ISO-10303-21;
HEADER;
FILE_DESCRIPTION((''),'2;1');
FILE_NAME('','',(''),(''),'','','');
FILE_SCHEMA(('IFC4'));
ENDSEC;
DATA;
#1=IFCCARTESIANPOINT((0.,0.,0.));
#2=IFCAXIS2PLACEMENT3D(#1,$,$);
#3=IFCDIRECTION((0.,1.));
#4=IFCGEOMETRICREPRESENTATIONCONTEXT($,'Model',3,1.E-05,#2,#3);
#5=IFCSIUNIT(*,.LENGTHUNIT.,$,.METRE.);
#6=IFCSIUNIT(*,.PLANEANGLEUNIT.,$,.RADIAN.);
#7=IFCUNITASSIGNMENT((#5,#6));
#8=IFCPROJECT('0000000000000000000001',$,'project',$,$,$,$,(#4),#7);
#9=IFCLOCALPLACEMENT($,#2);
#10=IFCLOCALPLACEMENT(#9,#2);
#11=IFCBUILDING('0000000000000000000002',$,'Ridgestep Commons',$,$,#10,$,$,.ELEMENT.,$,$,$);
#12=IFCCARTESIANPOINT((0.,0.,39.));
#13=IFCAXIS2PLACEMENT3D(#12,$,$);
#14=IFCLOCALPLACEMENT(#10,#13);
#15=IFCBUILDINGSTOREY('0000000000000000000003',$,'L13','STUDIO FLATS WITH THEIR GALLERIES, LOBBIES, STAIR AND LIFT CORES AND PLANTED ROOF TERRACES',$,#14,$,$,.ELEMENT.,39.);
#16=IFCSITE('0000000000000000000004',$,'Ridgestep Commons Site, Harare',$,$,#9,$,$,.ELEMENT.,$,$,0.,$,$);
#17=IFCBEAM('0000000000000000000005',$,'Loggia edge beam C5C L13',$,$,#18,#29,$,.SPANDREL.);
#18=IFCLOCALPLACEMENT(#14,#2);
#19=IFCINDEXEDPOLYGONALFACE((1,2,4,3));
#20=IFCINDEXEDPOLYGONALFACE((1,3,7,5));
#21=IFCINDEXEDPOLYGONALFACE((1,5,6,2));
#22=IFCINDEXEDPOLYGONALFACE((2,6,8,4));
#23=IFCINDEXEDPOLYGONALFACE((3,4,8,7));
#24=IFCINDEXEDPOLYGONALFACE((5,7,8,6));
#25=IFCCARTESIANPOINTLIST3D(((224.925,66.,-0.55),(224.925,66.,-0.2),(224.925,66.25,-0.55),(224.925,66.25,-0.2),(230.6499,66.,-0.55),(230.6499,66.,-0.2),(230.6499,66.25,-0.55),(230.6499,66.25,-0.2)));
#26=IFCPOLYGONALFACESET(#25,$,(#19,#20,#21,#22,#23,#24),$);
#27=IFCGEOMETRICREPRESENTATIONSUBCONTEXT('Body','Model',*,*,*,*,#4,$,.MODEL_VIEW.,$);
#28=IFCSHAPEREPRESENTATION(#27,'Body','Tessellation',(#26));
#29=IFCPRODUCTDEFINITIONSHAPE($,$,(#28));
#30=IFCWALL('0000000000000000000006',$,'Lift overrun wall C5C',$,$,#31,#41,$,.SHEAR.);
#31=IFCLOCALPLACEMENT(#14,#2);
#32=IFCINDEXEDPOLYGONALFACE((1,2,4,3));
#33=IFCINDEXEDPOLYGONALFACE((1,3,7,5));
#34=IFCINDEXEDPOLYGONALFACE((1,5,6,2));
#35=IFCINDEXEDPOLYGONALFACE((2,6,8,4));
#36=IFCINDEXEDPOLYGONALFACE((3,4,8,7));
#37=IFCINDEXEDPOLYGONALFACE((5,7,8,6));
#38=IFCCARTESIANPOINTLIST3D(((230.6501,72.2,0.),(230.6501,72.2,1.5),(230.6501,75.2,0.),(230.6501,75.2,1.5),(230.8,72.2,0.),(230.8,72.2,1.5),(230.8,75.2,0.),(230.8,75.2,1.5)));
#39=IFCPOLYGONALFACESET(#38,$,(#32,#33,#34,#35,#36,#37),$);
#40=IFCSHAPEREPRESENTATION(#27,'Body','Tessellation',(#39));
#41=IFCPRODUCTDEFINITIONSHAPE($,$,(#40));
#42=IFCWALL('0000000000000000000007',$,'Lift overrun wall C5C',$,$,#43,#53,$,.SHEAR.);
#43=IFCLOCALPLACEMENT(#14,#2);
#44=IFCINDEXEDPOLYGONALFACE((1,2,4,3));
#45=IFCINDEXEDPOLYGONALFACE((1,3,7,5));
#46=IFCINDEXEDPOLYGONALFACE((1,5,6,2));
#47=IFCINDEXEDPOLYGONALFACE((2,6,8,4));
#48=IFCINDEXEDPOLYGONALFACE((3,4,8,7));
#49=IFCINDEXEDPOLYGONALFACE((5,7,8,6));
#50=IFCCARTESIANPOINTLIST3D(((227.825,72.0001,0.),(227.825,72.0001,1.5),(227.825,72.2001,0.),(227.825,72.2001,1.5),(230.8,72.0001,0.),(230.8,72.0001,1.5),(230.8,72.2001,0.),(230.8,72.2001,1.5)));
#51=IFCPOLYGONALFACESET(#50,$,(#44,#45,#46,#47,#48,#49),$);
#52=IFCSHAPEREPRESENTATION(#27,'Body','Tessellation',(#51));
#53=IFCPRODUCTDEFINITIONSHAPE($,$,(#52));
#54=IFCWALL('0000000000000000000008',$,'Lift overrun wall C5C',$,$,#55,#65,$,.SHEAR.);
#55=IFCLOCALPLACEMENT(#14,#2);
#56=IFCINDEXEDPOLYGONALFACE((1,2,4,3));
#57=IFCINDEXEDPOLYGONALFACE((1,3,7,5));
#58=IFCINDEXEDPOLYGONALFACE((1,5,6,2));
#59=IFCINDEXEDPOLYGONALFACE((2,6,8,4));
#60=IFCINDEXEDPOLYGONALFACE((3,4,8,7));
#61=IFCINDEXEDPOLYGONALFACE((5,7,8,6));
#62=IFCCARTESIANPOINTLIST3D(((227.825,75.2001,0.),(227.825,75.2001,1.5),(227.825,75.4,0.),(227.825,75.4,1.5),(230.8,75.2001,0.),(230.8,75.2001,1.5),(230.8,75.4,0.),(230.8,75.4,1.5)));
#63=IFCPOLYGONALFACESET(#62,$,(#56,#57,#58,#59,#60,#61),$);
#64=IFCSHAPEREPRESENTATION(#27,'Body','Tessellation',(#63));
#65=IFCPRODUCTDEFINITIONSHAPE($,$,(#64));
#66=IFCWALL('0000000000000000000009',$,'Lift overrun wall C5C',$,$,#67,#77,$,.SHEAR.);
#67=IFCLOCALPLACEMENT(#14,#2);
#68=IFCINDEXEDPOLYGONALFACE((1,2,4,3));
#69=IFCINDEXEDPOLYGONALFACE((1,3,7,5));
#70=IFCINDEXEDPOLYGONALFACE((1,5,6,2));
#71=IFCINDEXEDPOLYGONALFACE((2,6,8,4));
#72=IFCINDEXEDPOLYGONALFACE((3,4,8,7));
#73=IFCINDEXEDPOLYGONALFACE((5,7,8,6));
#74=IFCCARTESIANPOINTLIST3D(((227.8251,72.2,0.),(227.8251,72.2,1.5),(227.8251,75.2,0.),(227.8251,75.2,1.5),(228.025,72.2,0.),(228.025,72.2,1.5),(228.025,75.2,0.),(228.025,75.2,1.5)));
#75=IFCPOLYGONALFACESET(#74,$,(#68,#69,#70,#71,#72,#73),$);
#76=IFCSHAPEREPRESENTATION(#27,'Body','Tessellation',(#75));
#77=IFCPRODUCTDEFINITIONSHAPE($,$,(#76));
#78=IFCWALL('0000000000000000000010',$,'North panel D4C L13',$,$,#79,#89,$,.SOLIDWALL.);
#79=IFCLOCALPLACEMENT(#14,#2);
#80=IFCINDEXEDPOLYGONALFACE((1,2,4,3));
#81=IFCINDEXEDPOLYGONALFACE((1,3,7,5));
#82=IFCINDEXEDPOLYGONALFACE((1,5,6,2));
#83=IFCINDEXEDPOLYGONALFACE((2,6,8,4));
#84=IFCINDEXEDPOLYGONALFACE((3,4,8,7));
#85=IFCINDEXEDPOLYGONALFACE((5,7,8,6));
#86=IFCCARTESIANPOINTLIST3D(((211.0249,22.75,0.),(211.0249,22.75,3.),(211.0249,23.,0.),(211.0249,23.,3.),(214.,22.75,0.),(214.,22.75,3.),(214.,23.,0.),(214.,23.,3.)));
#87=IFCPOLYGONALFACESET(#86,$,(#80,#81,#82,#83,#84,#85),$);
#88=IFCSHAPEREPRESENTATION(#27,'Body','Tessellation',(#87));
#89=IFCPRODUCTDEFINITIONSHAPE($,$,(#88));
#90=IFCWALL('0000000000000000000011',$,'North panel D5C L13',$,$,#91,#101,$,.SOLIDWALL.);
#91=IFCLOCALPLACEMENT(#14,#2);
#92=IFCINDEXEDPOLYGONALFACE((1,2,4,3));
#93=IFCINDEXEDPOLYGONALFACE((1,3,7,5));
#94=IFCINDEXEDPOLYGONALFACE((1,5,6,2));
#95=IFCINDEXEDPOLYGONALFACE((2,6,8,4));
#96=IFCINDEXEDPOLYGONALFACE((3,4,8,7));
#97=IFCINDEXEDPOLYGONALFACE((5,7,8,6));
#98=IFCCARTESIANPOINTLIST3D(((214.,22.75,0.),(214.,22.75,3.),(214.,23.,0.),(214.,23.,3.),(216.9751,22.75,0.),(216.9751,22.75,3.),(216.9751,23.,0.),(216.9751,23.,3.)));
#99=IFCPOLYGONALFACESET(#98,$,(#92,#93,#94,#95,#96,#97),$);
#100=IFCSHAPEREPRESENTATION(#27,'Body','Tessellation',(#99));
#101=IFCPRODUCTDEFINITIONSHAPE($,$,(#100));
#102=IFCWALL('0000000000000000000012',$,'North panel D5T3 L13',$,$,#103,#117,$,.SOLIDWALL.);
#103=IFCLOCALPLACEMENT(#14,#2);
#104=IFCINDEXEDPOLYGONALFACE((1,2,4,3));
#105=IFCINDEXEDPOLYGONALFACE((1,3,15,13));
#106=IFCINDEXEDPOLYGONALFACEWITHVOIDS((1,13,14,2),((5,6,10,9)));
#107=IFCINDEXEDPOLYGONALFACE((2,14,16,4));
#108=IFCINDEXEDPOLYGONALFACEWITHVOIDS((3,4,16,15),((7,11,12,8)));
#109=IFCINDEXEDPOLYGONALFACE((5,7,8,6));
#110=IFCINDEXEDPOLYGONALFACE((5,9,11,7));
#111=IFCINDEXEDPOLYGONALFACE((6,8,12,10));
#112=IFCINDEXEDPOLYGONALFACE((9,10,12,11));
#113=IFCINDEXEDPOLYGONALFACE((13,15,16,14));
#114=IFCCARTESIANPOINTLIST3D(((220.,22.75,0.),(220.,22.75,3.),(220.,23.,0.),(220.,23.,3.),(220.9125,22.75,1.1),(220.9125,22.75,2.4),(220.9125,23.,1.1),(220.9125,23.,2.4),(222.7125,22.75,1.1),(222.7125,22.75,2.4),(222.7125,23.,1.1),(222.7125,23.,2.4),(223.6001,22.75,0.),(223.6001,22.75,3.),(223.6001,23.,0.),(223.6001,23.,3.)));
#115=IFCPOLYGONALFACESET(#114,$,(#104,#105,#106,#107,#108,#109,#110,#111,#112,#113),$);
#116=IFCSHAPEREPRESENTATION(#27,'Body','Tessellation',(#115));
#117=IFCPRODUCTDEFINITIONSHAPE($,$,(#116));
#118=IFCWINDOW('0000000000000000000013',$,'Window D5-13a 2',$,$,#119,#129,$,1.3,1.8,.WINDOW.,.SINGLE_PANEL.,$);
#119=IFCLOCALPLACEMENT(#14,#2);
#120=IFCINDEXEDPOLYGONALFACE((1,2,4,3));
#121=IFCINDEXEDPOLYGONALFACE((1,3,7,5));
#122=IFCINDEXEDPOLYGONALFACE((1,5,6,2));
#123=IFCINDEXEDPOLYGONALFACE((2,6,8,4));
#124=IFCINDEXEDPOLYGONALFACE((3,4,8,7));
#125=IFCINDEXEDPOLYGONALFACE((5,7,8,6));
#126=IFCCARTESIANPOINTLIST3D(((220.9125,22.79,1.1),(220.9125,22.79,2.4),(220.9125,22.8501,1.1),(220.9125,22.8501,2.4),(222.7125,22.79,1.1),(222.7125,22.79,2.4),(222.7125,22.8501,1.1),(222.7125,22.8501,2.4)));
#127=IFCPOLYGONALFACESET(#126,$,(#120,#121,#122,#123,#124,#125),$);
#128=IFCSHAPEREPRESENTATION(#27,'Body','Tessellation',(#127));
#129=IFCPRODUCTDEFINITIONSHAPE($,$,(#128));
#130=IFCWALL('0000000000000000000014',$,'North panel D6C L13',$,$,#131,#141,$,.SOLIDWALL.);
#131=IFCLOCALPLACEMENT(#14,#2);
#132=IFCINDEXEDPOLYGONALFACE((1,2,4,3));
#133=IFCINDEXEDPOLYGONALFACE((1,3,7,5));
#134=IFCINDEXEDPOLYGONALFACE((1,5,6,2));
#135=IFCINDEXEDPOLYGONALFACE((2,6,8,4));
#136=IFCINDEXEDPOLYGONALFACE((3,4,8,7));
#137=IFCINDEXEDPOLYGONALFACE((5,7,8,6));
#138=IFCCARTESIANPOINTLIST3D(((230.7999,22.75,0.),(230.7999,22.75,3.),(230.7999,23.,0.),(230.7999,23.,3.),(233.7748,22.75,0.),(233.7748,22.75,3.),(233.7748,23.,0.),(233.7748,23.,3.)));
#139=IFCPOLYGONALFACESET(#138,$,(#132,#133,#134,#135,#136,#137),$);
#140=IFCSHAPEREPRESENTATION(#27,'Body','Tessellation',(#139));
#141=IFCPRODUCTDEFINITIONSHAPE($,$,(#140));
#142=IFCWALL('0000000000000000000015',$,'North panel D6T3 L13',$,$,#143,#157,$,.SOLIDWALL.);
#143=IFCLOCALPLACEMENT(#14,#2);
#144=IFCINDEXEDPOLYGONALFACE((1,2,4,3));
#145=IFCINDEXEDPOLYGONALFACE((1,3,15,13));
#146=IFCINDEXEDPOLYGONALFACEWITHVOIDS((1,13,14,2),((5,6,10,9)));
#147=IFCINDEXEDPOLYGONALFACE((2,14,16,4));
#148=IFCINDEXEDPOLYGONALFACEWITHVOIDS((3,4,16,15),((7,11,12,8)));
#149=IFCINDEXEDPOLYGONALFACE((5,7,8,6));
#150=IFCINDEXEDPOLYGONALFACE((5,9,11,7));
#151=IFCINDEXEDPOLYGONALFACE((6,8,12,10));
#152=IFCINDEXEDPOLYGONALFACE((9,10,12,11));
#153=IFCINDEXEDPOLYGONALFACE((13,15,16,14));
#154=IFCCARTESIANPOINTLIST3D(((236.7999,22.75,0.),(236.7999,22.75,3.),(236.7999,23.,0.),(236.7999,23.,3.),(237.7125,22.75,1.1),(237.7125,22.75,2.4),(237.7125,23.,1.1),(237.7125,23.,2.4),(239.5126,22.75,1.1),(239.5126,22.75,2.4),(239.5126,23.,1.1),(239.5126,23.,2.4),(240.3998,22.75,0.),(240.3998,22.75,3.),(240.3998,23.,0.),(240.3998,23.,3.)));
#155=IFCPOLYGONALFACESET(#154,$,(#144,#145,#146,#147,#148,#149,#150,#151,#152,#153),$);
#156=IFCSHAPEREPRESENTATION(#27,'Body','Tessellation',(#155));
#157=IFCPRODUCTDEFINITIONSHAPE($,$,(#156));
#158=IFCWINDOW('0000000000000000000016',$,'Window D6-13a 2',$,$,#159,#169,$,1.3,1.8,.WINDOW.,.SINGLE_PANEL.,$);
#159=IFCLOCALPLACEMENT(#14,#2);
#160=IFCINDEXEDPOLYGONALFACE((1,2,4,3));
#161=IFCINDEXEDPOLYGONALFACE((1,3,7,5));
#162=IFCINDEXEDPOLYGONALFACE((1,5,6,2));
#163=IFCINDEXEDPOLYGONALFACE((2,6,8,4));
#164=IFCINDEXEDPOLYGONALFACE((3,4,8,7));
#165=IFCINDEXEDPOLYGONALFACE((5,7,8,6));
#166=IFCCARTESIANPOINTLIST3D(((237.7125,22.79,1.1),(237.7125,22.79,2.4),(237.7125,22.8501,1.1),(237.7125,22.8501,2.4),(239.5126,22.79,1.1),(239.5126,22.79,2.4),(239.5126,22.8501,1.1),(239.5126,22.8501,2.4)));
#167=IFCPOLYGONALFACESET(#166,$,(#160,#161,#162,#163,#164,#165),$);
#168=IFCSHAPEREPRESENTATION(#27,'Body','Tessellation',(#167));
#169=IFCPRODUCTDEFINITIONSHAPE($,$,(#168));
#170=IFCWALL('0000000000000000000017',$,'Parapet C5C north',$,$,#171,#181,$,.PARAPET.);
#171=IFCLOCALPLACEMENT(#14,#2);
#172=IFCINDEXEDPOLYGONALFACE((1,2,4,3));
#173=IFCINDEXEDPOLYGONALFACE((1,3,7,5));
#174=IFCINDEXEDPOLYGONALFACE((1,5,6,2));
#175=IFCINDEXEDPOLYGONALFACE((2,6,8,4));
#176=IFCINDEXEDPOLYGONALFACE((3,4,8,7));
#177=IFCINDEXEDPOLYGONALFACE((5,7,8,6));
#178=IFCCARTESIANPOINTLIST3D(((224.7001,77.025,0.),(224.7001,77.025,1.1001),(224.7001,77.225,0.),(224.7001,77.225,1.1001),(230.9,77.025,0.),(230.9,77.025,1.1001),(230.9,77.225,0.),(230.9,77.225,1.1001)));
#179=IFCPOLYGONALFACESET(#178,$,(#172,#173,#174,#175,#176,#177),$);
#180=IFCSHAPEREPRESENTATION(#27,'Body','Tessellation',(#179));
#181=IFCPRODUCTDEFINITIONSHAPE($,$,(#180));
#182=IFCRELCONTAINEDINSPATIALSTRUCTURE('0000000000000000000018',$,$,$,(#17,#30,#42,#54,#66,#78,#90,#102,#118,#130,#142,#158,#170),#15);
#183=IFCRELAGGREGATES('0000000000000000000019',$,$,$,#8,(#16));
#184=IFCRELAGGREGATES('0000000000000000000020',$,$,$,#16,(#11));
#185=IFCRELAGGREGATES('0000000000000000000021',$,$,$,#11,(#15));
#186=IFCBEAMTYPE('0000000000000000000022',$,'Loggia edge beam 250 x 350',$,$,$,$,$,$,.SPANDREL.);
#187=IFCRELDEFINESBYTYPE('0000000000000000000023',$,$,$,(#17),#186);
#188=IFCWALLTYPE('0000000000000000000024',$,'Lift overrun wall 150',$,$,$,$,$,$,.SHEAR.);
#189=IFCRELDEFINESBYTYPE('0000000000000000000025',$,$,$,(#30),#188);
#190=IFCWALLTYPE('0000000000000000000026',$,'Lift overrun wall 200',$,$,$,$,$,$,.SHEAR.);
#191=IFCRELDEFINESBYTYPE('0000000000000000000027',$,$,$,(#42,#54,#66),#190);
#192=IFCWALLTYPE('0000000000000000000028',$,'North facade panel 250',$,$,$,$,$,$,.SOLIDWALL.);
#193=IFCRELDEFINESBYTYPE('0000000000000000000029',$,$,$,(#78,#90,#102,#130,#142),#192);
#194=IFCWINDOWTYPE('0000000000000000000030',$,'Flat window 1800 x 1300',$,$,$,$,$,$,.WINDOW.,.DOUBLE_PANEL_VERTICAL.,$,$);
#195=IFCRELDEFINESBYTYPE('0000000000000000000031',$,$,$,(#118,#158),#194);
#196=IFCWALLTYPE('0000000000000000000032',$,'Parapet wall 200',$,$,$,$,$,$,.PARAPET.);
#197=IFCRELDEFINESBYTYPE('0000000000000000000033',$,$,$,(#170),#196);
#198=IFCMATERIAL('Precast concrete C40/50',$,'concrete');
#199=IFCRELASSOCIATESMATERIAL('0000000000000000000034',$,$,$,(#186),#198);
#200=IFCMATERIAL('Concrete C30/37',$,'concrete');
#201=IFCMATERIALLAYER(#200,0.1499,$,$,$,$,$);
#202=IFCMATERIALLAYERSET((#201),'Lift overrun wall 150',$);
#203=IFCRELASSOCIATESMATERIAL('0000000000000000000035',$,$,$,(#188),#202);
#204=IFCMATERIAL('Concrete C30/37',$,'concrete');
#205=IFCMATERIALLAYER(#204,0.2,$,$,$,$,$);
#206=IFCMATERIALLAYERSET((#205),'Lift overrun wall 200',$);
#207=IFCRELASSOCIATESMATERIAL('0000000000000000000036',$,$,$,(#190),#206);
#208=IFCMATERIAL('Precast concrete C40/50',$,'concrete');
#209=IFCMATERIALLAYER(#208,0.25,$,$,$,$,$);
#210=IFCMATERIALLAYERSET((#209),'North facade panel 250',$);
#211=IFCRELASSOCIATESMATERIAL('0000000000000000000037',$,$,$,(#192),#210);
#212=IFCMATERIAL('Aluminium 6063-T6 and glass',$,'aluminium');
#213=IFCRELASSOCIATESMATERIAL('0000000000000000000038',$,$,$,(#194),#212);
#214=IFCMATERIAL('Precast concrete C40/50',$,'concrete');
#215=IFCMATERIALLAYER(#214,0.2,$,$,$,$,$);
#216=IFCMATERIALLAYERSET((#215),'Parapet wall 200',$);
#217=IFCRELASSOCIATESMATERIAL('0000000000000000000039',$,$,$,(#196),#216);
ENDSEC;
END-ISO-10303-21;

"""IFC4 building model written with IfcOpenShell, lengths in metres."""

from ifc_helpers import new_model, si_unit, direction, frame, frame_2d, origin, origin_2d, place, context, subcontext, project, spatial, rectangle, extrude, material, layer, layer_set, material_profile, profile_set, type_object, element, fill, save


model = new_model("IFC4")

# Units and contexts
model_context = context("Model", 3, precision=1e-05, world=origin(), true_north=direction((0.0, 1.0)))
body_context = subcontext(model_context, "Body", "Model", "MODEL_VIEW")
ifc_project = project(units=[si_unit("LENGTHUNIT", "METRE"), si_unit("PLANEANGLEUNIT", "RADIAN")], contexts=[model_context])

# Site, building, storey
site_placement = place(None, origin())
site = spatial("IfcSite", under=ifc_project, at=site_placement, Name="Ridgestep Commons Site, Harare", CompositionType="ELEMENT", RefElevation=0.0)
building_placement = place(site_placement, origin())
building = spatial("IfcBuilding", under=site, at=building_placement, Name="Ridgestep Commons", CompositionType="ELEMENT")
storey_placement = place(building_placement, frame((0.0, 0.0, 39.0)))
storey = spatial("IfcBuildingStorey", under=building, at=storey_placement, Name="L13", Description="STUDIO FLATS WITH THEIR GALLERIES, LOBBIES, STAIR AND LIFT CORES AND PLANTED ROOF TERRACES", CompositionType="ELEMENT", Elevation=39.0)

# Beam
ifc_material_1 = material(Name="Precast concrete C40/50", Category="concrete")
ifc_material_profile = material_profile(ifc_material_1, rectangle(XDim=0.25, YDim=0.3501, at=origin_2d()), Name="PC 250x350")
ifc_profile_set = profile_set([ifc_material_profile], Name="Precast concrete C40/50")
beam_type = type_object("IfcBeamType", Name="Loggia edge beam 250 x 350", PredefinedType="SPANDREL", material=ifc_profile_set)
beam_placement = place(storey_placement, frame((224.925, 66.125, -0.375), z_axis=(1.0, 0.0, 0.0), x_axis=(0.0, 1.0, 0.0)))
element("IfcBeam", 1, at=beam_placement, inside=storey, type_object=beam_type, Name="Loggia edge beam C5C L13", PredefinedType="SPANDREL", context=body_context, shape_type="SweptSolid", body=[
    extrude(rectangle(XDim=0.25, YDim=0.3501, at=origin_2d()), origin(), (0.0, 0.0, 1.0), 5.7249),
])

# Walls
ifc_material_2 = material(Name="Concrete C30/37", Category="concrete")
ifc_layer_1 = layer(ifc_material_2, 0.1499)
ifc_layer_set_1 = layer_set([ifc_layer_1], Name="Lift overrun wall 150")
wall_type_1 = type_object("IfcWallType", Name="Lift overrun wall 150", PredefinedType="SHEAR", material=ifc_layer_set_1)
wall_1_placement = place(storey_placement, frame((230.7251, 72.2, 0.0), z_axis=(0.0, 0.0, 1.0), x_axis=(0.0, 1.0, 0.0)))
element("IfcWall", 2, at=wall_1_placement, inside=storey, type_object=wall_type_1, Name="Lift overrun wall C5C", PredefinedType="SHEAR", context=body_context, shape_type="SweptSolid", body=[
    extrude(rectangle(XDim=3.0, YDim=0.1499, at=frame_2d((1.5, 0.0))), origin(), (0.0, 0.0, 1.0), 1.5),
])
ifc_material_3 = material(Name="Concrete C30/37", Category="concrete")
ifc_layer_2 = layer(ifc_material_3, 0.2)
ifc_layer_set_2 = layer_set([ifc_layer_2], Name="Lift overrun wall 200")
wall_type_2 = type_object("IfcWallType", Name="Lift overrun wall 200", PredefinedType="SHEAR", material=ifc_layer_set_2)
for number, where, z_axis, x_axis, name in (
    (3, (227.825, 72.1001, 0.0), (0.0, 0.0, 1.0), (1.0, 0.0, 0.0), "Lift overrun wall C5C"),
    (4, (227.825, 75.3, 0.0), (0.0, 0.0, 1.0), (1.0, 0.0, 0.0), "Lift overrun wall C5C"),
):
    element("IfcWall", number, at=place(storey_placement, frame(where, z_axis=z_axis, x_axis=x_axis)), inside=storey, type_object=wall_type_2, Name=name, PredefinedType="SHEAR", context=body_context, shape_type="SweptSolid", body=[
        extrude(rectangle(XDim=2.9751, YDim=0.2, at=frame_2d((1.4875, 0.0))), origin(), (0.0, 0.0, 1.0), 1.5),
    ])
wall_2_placement = place(storey_placement, frame((227.925, 72.2, 0.0), z_axis=(0.0, 0.0, 1.0), x_axis=(0.0, 1.0, 0.0)))
element("IfcWall", 5, at=wall_2_placement, inside=storey, type_object=wall_type_2, Name="Lift overrun wall C5C", PredefinedType="SHEAR", context=body_context, shape_type="SweptSolid", body=[
    extrude(rectangle(XDim=3.0, YDim=0.2, at=frame_2d((1.5, 0.0))), origin(), (0.0, 0.0, 1.0), 1.5),
])
ifc_material_4 = material(Name="Precast concrete C40/50", Category="concrete")
ifc_layer_3 = layer(ifc_material_4, 0.25)
ifc_layer_set_3 = layer_set([ifc_layer_3], Name="North facade panel 250")
wall_type_3 = type_object("IfcWallType", Name="North facade panel 250", PredefinedType="SOLIDWALL", material=ifc_layer_set_3)
for number, where, z_axis, x_axis, name in (
    (6, (211.0249, 22.875, 0.0), (0.0, 0.0, 1.0), (1.0, 0.0, 0.0), "North panel D4C L13"),
    (7, (214.0, 22.875, 0.0), (0.0, 0.0, 1.0), (1.0, 0.0, 0.0), "North panel D5C L13"),
):
    element("IfcWall", number, at=place(storey_placement, frame(where, z_axis=z_axis, x_axis=x_axis)), inside=storey, type_object=wall_type_3, Name=name, PredefinedType="SOLIDWALL", context=body_context, shape_type="SweptSolid", body=[
        extrude(rectangle(XDim=2.9751, YDim=0.25, at=frame_2d((1.4875, 0.0))), origin(), (0.0, 0.0, 1.0), 3.0),
    ])

# Wall, opening, window
wall_3_placement = place(storey_placement, frame((220.0, 22.875, 0.0), z_axis=(0.0, 0.0, 1.0), x_axis=(1.0, 0.0, 0.0)))
wall_3 = element("IfcWall", 8, at=wall_3_placement, inside=storey, type_object=wall_type_3, Name="North panel D5T3 L13", PredefinedType="SOLIDWALL", context=body_context, shape_type="SweptSolid", body=[
    extrude(rectangle(XDim=3.6001, YDim=0.25, at=frame_2d((1.8, 0.0))), origin(), (0.0, 0.0, 1.0), 3.0),
])
opening_1_placement = place(wall_3_placement, frame((0.9126, 0.0, 1.1001)))
opening_1 = element("IfcOpeningElement", 9, at=opening_1_placement, cuts=wall_3, PredefinedType="OPENING", context=body_context, shape_type="SweptSolid", body=[
    extrude(rectangle(XDim=1.8, YDim=1.3, at=frame_2d((0.8999, 0.6499))), frame((0.0, 0.135, 0.0), z_axis=(0.0, -1.0, 0.0), x_axis=(1.0, 0.0, 0.0)), (0.0, 0.0, 1.0), 0.27),
])
ifc_material_5 = material(Name="Aluminium 6063-T6 and glass", Category="aluminium")
window_type = type_object("IfcWindowType", Name="Flat window 1800 x 1300", PartitioningType="DOUBLE_PANEL_VERTICAL", PredefinedType="WINDOW", material=ifc_material_5)
window_1_placement = place(opening_1_placement, origin())
window_1 = element("IfcWindow", 10, at=window_1_placement, inside=storey, type_object=window_type, Name="Window D5-13a 2", OverallHeight=1.3, OverallWidth=1.8, PartitioningType="SINGLE_PANEL", PredefinedType="WINDOW", context=body_context, shape_type="SweptSolid", body=[
    extrude(rectangle(XDim=1.8, YDim=1.3, at=frame_2d((0.8999, 0.6499))), frame((0.0, -0.0249, 0.0), z_axis=(0.0, -1.0, 0.0), x_axis=(1.0, 0.0, 0.0)), (0.0, 0.0, 1.0), 0.0601),
])
fill(opening_1, window_1)

# Wall
wall_4_placement = place(storey_placement, frame((230.8, 22.875, 0.0), z_axis=(0.0, 0.0, 1.0), x_axis=(1.0, 0.0, 0.0)))
element("IfcWall", 11, at=wall_4_placement, inside=storey, type_object=wall_type_3, Name="North panel D6C L13", PredefinedType="SOLIDWALL", context=body_context, shape_type="SweptSolid", body=[
    extrude(rectangle(XDim=2.9749, YDim=0.25, at=frame_2d((1.4873, 0.0))), origin(), (0.0, 0.0, 1.0), 3.0),
])

# Wall, opening, window
wall_5_placement = place(storey_placement, frame((236.8, 22.875, 0.0), z_axis=(0.0, 0.0, 1.0), x_axis=(1.0, 0.0, 0.0)))
wall_5 = element("IfcWall", 12, at=wall_5_placement, inside=storey, type_object=wall_type_3, Name="North panel D6T3 L13", PredefinedType="SOLIDWALL", context=body_context, shape_type="SweptSolid", body=[
    extrude(rectangle(XDim=3.5999, YDim=0.25, at=frame_2d((1.7998, 0.0))), origin(), (0.0, 0.0, 1.0), 3.0),
])
opening_2_placement = place(wall_5_placement, frame((0.9126, 0.0, 1.1001)))
opening_2 = element("IfcOpeningElement", 13, at=opening_2_placement, cuts=wall_5, PredefinedType="OPENING", context=body_context, shape_type="SweptSolid", body=[
    extrude(rectangle(XDim=1.8, YDim=1.3, at=frame_2d((0.8999, 0.6499))), frame((0.0, 0.135, 0.0), z_axis=(0.0, -1.0, 0.0), x_axis=(1.0, 0.0, 0.0)), (0.0, 0.0, 1.0), 0.27),
])
window_2_placement = place(opening_2_placement, origin())
window_2 = element("IfcWindow", 14, at=window_2_placement, inside=storey, type_object=window_type, Name="Window D6-13a 2", OverallHeight=1.3, OverallWidth=1.8, PartitioningType="SINGLE_PANEL", PredefinedType="WINDOW", context=body_context, shape_type="SweptSolid", body=[
    extrude(rectangle(XDim=1.8, YDim=1.3, at=frame_2d((0.8999, 0.6499))), frame((0.0, -0.0249, 0.0), z_axis=(0.0, -1.0, 0.0), x_axis=(1.0, 0.0, 0.0)), (0.0, 0.0, 1.0), 0.0601),
])
fill(opening_2, window_2)

# Wall
ifc_material_6 = material(Name="Precast concrete C40/50", Category="concrete")
ifc_layer_4 = layer(ifc_material_6, 0.2)
ifc_layer_set_4 = layer_set([ifc_layer_4], Name="Parapet wall 200")
wall_type_4 = type_object("IfcWallType", Name="Parapet wall 200", PredefinedType="PARAPET", material=ifc_layer_set_4)
for number, where, z_axis, x_axis, name in (
    (15, (224.7, 77.125, 0.0), (0.0, 0.0, 1.0), (1.0, 0.0, 0.0), "Parapet C5C north"),
):
    element("IfcWall", number, at=place(storey_placement, frame(where, z_axis=z_axis, x_axis=x_axis)), inside=storey, type_object=wall_type_4, Name=name, PredefinedType="PARAPET", context=body_context, shape_type="SweptSolid", body=[
        extrude(rectangle(XDim=6.2, YDim=0.2, at=frame_2d((3.1001, 0.0))), origin(), (0.0, 0.0, 1.0), 1.1001),
    ])

save(model, "model.ifc")
